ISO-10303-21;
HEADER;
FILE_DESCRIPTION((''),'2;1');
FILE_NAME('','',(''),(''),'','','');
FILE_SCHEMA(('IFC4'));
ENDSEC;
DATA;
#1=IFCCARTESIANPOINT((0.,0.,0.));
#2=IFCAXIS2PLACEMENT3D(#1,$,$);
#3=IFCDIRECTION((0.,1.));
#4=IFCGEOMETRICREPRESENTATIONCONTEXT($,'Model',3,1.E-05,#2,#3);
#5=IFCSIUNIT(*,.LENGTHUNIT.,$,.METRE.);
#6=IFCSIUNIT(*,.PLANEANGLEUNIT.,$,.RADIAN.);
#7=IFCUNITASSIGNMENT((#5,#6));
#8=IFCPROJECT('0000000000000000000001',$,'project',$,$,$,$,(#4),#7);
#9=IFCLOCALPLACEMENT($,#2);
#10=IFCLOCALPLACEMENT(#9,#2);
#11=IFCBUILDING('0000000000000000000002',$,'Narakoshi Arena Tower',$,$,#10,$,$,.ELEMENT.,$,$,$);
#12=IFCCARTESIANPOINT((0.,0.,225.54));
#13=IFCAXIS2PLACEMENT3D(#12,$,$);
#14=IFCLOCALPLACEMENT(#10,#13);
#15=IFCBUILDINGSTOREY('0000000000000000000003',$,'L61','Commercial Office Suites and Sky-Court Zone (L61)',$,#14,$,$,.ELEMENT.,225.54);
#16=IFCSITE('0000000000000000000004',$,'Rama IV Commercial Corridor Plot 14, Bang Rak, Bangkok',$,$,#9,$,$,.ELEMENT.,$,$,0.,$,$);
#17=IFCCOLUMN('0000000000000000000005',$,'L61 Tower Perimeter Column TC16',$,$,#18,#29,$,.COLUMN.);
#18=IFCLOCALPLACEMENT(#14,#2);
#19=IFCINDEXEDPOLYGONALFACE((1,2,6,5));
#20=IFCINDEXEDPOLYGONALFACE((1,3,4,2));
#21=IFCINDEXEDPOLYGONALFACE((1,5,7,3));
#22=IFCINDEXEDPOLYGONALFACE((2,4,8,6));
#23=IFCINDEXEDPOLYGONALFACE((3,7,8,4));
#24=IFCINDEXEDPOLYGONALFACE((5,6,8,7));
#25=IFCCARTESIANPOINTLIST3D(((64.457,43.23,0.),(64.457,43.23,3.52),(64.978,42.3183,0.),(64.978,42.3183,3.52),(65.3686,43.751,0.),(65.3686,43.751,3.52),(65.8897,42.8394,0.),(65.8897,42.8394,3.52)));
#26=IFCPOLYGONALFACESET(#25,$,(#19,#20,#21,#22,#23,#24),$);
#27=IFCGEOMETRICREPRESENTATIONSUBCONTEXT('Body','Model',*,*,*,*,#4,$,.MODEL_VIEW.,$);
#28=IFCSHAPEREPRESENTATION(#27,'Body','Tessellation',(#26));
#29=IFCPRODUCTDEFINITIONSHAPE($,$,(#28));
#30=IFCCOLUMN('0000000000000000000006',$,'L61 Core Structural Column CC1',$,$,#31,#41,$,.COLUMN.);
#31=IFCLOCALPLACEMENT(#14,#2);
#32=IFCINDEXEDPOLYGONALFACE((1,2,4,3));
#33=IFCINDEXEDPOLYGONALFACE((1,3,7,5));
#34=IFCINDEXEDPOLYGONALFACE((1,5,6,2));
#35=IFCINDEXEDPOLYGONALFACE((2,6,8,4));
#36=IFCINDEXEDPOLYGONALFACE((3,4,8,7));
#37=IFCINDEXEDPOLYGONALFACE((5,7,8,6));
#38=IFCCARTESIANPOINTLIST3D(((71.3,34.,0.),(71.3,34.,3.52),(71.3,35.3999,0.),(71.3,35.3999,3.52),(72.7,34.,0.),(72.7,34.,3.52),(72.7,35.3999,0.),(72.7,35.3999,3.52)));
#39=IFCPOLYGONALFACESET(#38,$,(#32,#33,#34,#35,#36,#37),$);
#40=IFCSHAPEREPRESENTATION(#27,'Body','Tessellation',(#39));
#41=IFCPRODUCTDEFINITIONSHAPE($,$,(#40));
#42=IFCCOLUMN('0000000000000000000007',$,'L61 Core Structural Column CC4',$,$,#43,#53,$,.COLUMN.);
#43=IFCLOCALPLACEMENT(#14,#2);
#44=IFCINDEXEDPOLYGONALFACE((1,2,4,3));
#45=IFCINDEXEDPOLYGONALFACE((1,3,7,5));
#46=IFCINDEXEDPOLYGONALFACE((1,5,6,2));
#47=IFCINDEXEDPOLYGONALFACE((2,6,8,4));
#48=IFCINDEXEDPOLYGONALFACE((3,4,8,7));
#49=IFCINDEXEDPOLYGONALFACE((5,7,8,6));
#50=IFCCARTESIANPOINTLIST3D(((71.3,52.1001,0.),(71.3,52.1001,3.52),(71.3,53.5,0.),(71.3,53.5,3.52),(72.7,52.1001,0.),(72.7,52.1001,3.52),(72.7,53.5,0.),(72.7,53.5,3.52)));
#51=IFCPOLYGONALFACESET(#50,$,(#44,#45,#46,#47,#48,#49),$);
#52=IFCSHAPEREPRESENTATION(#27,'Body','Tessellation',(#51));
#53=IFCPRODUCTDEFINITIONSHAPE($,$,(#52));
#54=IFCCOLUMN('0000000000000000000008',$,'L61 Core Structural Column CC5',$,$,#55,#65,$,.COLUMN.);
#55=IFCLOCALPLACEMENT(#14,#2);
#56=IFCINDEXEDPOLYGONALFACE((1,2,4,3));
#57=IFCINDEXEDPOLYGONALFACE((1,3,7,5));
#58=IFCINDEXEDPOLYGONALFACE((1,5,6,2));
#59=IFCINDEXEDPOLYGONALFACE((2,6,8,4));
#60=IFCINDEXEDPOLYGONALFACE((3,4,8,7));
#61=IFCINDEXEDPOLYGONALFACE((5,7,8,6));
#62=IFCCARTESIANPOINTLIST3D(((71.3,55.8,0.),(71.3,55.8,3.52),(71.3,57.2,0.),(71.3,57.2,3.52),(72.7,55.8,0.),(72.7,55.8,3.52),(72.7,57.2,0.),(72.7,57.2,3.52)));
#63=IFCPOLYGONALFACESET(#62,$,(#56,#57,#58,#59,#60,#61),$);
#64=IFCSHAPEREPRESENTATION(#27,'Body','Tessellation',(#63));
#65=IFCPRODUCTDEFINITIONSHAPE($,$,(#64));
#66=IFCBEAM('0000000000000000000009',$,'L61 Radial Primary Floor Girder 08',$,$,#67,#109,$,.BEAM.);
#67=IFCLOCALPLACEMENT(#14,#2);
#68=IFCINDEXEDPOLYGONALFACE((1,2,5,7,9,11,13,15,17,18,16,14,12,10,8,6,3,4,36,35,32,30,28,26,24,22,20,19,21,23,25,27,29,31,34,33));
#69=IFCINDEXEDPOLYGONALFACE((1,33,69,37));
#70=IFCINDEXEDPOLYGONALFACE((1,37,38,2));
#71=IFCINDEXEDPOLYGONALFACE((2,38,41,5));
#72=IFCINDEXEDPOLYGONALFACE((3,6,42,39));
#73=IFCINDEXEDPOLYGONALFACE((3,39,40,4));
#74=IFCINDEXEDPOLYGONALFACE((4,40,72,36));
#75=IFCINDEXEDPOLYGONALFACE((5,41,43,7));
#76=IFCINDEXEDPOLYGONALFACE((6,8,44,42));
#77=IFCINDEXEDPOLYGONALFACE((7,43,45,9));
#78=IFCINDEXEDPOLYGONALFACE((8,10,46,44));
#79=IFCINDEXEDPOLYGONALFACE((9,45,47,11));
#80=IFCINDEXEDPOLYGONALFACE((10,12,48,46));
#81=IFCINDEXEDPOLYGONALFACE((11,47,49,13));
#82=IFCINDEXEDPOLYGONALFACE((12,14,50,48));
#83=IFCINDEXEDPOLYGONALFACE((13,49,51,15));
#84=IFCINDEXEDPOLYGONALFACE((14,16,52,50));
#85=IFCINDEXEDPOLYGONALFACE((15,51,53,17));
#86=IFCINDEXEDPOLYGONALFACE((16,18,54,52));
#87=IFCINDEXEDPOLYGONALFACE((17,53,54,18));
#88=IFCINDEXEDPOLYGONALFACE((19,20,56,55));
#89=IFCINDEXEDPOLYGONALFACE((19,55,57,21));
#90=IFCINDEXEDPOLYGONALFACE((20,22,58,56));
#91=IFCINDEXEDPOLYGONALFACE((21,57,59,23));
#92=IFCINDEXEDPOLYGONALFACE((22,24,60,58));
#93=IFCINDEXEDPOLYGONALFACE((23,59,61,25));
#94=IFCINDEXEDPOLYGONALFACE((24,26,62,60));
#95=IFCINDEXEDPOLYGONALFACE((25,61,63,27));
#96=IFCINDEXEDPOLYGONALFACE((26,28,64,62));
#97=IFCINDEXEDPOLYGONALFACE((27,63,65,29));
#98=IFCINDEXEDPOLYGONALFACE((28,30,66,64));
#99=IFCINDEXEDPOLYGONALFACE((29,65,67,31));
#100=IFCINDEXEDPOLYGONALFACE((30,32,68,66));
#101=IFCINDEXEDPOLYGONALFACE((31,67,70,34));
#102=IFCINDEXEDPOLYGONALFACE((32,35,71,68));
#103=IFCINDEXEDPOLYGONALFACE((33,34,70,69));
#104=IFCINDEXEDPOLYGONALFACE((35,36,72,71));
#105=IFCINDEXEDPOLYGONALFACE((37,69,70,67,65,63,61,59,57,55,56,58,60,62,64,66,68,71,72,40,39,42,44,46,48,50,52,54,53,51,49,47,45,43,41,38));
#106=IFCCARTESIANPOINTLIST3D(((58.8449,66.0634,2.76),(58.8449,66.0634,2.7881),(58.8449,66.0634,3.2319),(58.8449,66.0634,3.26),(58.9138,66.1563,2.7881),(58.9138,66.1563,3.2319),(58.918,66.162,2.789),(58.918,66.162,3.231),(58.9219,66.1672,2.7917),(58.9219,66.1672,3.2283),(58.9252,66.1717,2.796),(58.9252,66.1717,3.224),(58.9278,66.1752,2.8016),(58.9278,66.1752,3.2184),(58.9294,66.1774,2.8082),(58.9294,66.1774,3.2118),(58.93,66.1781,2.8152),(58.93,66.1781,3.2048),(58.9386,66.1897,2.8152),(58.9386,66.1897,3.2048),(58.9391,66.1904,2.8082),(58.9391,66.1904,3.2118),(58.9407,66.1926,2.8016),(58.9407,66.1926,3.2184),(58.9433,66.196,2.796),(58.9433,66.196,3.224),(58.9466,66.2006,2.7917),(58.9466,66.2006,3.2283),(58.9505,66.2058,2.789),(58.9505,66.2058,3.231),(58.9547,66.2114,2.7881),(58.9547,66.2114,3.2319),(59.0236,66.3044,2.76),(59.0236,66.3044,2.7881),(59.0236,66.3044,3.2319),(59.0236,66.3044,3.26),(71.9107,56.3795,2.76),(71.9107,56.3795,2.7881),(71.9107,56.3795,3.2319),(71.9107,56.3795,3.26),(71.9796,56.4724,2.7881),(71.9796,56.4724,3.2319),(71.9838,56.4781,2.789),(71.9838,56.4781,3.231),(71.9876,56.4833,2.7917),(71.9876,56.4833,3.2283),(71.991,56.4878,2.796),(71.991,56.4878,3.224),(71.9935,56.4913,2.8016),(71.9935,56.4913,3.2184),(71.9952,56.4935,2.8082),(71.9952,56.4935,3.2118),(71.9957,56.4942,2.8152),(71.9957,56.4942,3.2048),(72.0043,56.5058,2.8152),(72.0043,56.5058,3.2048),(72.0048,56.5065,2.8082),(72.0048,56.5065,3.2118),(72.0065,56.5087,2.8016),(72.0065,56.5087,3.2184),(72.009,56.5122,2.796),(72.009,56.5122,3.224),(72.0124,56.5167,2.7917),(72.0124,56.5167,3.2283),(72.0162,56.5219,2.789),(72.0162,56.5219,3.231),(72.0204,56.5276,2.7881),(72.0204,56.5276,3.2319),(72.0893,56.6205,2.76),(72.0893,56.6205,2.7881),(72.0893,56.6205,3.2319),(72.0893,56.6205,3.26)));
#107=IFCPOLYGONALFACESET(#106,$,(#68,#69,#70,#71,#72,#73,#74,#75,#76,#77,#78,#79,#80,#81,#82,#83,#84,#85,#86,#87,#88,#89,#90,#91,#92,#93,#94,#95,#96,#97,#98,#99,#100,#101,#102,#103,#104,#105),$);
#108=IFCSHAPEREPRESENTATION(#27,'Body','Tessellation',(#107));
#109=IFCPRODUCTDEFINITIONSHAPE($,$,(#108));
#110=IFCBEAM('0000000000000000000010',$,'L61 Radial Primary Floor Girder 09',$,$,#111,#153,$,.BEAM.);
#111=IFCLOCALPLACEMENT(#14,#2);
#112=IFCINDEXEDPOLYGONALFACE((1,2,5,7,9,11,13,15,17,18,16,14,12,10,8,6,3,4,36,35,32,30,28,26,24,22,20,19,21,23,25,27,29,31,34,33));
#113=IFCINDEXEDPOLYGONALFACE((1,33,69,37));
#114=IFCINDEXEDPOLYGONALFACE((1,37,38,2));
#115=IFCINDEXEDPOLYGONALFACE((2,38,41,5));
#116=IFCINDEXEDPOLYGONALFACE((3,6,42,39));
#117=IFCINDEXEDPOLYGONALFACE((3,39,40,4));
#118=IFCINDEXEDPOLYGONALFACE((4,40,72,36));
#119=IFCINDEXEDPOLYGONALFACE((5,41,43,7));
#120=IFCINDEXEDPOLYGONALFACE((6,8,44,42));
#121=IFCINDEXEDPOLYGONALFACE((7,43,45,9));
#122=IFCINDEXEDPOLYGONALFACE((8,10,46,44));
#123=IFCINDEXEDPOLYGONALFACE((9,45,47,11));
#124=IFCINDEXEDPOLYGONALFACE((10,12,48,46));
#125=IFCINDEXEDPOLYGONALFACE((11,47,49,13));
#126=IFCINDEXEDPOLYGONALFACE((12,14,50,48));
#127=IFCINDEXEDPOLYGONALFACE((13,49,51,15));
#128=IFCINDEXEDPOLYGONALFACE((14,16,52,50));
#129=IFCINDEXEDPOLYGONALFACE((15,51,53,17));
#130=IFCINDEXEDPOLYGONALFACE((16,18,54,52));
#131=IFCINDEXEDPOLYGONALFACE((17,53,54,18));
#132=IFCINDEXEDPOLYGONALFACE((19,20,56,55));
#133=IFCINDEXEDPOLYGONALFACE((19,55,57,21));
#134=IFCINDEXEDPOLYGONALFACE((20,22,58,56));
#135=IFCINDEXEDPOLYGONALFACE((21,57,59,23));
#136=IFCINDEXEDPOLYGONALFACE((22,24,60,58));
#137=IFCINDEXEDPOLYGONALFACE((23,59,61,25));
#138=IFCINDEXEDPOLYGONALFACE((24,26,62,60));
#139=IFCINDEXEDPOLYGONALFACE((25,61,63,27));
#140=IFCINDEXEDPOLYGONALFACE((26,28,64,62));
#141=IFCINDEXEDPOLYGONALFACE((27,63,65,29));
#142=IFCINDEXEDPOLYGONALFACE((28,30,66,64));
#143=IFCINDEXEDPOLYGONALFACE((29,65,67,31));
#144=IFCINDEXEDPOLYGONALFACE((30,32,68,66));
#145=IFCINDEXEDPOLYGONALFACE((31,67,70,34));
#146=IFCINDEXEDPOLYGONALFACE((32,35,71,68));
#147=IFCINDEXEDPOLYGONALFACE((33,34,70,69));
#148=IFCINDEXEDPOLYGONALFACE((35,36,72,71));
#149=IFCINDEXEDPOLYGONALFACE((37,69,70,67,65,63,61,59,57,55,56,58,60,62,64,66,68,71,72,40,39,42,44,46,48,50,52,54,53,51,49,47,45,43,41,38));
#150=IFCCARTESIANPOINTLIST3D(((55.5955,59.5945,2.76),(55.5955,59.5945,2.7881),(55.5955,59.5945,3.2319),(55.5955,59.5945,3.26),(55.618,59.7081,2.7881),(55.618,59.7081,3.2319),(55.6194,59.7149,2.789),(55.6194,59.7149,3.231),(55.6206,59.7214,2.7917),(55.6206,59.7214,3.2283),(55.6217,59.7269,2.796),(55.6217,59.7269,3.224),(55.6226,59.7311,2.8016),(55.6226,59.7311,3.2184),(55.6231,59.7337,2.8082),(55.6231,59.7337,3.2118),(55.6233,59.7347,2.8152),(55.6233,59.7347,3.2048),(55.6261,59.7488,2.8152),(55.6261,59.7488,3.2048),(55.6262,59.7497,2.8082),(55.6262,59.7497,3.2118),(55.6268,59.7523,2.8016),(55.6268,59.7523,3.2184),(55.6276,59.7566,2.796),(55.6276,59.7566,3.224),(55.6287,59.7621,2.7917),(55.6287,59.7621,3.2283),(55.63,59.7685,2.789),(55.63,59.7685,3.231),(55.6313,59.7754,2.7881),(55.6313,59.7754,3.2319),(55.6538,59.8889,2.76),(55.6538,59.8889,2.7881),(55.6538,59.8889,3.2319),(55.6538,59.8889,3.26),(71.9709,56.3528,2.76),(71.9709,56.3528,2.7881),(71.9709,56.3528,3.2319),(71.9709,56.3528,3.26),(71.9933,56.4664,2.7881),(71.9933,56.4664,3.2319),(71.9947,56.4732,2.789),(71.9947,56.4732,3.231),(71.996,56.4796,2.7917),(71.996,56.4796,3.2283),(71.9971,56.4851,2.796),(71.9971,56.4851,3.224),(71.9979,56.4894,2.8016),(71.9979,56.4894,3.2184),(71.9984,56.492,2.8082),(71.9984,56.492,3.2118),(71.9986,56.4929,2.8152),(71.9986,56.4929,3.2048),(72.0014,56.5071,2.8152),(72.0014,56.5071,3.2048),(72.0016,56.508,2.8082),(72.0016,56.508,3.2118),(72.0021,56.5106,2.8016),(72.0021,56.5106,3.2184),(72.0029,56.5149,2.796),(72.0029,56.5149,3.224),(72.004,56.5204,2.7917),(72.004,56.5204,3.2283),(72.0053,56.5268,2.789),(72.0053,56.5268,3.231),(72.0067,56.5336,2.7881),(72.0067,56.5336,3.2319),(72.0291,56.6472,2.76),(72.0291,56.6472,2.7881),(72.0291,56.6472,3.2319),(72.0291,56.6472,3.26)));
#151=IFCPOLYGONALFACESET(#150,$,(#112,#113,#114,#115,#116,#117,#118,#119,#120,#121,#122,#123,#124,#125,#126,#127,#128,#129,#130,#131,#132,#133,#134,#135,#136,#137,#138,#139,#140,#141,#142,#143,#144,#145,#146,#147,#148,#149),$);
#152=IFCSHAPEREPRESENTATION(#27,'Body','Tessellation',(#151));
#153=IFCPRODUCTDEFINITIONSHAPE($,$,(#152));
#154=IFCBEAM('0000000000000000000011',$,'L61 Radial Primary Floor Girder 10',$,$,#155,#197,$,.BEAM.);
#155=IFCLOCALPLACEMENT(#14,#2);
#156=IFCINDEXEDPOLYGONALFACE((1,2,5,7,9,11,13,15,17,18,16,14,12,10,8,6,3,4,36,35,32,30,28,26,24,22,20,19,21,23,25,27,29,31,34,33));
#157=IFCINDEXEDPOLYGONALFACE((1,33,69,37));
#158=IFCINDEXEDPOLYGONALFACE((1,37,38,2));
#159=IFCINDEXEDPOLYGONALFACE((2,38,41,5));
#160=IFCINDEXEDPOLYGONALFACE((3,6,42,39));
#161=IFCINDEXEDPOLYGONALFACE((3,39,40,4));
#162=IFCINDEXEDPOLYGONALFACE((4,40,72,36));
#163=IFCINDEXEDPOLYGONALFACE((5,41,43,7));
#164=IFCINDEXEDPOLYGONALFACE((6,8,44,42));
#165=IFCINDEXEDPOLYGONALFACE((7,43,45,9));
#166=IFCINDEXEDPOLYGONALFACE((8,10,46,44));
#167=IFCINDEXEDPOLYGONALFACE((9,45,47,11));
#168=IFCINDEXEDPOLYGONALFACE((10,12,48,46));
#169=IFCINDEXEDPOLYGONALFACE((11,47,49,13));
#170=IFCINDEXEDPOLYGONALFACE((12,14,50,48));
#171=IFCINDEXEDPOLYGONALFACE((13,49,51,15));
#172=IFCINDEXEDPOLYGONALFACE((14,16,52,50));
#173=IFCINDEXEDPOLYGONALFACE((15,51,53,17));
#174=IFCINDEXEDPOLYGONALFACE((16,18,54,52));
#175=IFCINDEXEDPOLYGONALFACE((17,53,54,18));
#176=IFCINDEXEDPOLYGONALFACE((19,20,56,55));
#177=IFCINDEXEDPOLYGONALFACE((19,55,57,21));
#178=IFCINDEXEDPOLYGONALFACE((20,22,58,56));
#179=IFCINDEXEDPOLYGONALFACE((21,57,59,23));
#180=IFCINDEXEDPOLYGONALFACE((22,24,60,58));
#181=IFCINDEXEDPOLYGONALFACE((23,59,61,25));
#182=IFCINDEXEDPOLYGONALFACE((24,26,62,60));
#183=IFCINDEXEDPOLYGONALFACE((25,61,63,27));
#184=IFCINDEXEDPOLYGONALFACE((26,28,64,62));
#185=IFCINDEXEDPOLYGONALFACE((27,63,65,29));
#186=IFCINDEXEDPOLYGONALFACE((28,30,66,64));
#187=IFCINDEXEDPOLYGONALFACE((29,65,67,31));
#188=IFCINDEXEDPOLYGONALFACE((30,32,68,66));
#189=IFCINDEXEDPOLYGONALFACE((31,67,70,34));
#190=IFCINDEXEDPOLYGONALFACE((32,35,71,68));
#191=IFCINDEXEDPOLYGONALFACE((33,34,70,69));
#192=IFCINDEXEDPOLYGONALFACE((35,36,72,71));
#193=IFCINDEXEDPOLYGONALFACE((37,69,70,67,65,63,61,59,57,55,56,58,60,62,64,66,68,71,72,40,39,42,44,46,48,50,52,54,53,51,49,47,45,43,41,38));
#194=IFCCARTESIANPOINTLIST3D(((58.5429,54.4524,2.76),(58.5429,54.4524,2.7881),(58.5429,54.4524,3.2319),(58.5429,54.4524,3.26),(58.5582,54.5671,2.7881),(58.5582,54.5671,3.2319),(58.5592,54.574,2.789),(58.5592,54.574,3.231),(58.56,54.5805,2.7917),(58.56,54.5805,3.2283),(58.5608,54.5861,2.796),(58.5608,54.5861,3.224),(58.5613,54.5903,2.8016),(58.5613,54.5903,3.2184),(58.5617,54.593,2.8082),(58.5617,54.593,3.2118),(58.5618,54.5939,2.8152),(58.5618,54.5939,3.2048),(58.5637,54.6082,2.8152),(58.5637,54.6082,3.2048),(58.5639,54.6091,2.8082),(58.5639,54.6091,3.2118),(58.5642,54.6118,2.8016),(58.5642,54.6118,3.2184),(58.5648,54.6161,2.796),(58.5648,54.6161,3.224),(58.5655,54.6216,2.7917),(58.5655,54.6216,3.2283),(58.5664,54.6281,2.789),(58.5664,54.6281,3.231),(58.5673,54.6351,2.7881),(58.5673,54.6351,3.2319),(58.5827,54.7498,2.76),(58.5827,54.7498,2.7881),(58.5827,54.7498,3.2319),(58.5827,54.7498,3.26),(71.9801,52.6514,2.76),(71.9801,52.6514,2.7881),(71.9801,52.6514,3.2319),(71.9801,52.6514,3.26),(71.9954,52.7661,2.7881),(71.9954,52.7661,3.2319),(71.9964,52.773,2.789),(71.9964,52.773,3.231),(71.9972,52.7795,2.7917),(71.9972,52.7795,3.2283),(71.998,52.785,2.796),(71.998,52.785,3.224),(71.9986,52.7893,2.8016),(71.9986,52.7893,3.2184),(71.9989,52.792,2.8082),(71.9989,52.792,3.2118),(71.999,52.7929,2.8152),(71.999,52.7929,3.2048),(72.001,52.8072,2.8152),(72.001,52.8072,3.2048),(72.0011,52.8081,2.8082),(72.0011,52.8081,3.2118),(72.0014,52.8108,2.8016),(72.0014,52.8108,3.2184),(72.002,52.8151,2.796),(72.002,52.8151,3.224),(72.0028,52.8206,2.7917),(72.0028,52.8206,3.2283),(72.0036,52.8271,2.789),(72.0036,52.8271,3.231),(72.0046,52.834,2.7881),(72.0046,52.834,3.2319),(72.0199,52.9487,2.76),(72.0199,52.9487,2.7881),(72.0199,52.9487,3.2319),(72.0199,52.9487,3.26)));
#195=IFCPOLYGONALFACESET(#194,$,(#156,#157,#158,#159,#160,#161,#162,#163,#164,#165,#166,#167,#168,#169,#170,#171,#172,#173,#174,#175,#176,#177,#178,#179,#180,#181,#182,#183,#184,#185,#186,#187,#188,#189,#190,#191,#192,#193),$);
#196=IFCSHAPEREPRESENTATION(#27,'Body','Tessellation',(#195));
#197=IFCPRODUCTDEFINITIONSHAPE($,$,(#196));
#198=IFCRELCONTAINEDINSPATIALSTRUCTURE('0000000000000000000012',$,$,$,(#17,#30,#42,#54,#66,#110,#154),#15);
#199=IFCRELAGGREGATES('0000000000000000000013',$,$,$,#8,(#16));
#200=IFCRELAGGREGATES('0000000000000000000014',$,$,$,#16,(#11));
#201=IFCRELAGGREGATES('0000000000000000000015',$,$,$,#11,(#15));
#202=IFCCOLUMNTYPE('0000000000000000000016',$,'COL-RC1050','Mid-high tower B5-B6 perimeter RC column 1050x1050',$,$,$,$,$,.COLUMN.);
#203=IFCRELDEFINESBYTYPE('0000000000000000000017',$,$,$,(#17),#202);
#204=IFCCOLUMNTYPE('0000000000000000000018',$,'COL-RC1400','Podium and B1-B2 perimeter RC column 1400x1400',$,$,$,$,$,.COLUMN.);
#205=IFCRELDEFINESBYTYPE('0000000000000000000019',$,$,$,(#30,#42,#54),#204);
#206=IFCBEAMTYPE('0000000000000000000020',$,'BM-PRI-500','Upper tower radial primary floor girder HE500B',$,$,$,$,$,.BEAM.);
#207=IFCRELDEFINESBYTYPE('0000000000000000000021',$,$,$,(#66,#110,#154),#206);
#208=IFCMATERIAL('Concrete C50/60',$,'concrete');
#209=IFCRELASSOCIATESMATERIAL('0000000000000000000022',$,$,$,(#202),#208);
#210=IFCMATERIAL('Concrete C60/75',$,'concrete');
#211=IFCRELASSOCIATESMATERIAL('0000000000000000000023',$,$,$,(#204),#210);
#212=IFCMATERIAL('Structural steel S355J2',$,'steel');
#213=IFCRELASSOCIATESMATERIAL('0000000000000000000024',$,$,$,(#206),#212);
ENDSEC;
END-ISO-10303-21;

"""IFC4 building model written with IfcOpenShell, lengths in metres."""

from ifc_helpers import new_model, si_unit, direction, frame, origin, origin_2d, place, context, subcontext, project, spatial, rectangle, i_section, extrude, material, material_profile, profile_set, type_object, element, save


model = new_model("IFC4")

# Units and contexts
model_context = context("Model", 3, precision=1e-05, world=origin(), true_north=direction((0.0, 1.0)))
body_context = subcontext(model_context, "Body", "Model", "MODEL_VIEW")
ifc_project = project(units=[si_unit("LENGTHUNIT", "METRE"), si_unit("PLANEANGLEUNIT", "RADIAN")], contexts=[model_context])

# Site, building, storey
site_placement = place(None, origin())
site = spatial("IfcSite", under=ifc_project, at=site_placement, Name="Rama IV Commercial Corridor Plot 14, Bang Rak, Bangkok", CompositionType="ELEMENT", RefElevation=0.0)
building_placement = place(site_placement, origin())
building = spatial("IfcBuilding", under=site, at=building_placement, Name="Narakoshi Arena Tower", CompositionType="ELEMENT")
storey_placement = place(building_placement, frame((0.0, 0.0, 225.54)))
storey = spatial("IfcBuildingStorey", under=building, at=storey_placement, Name="L61", Description="Commercial Office Suites and Sky-Court Zone (L61)", CompositionType="ELEMENT", Elevation=225.54)

# Columns
ifc_material_1 = material(Name="Concrete C50/60", Category="concrete")
ifc_material_profile_1 = material_profile(ifc_material_1, rectangle(XDim=1.05, YDim=1.05, at=origin_2d()), Name="RC1050x1050")
ifc_profile_set_1 = profile_set([ifc_material_profile_1], Name="Concrete C50/60")
column_type_1 = type_object("IfcColumnType", Name="COL-RC1050", Description="Mid-high tower B5-B6 perimeter RC column 1050x1050", PredefinedType="COLUMN", material=ifc_profile_set_1)
column_placement = place(storey_placement, frame((65.1733, 43.0347, 0.0), z_axis=(0.0, 0.0, 1.0), x_axis=(-0.496217, 0.868199, 0.0)))
element("IfcColumn", 1, at=column_placement, inside=storey, type_object=column_type_1, Name="L61 Tower Perimeter Column TC16", PredefinedType="COLUMN", context=body_context, shape_type="SweptSolid", body=[
    extrude(rectangle(XDim=1.05, YDim=1.05, at=origin_2d()), origin(), (0.0, 0.0, 1.0), 3.52),
])
ifc_material_2 = material(Name="Concrete C60/75", Category="concrete")
ifc_material_profile_2 = material_profile(ifc_material_2, rectangle(XDim=1.3999, YDim=1.3999, at=origin_2d()), Name="RC1400x1400")
ifc_profile_set_2 = profile_set([ifc_material_profile_2], Name="Concrete C60/75")
column_type_2 = type_object("IfcColumnType", Name="COL-RC1400", Description="Podium and B1-B2 perimeter RC column 1400x1400", PredefinedType="COLUMN", material=ifc_profile_set_2)
for number, where, z_axis, x_axis, name in (
    (2, (72.0, 34.7, 0.0), (0.0, 0.0, 1.0), (1.0, 0.0, 0.0), "L61 Core Structural Column CC1"),
    (3, (72.0, 52.8, 0.0), (0.0, 0.0, 1.0), (1.0, 0.0, 0.0), "L61 Core Structural Column CC4"),
    (4, (72.0, 56.5, 0.0), (0.0, 0.0, 1.0), (1.0, 0.0, 0.0), "L61 Core Structural Column CC5"),
):
    element("IfcColumn", number, at=place(storey_placement, frame(where, z_axis=z_axis, x_axis=x_axis)), inside=storey, type_object=column_type_2, Name=name, PredefinedType="COLUMN", context=body_context, shape_type="SweptSolid", body=[
        extrude(rectangle(XDim=1.3999, YDim=1.3999, at=origin_2d()), origin(), (0.0, 0.0, 1.0), 3.52),
    ])

# Beams
ifc_material_3 = material(Name="Structural steel S355J2", Category="steel")
ifc_material_profile_3 = material_profile(ifc_material_3, i_section(OverallWidth=0.3, OverallDepth=0.5, WebThickness=0.0144, FlangeThickness=0.0281, FilletRadius=0.0271, at=origin_2d()), Name="HE500B")
ifc_profile_set_3 = profile_set([ifc_material_profile_3], Name="Structural steel S355J2")
beam_type_1 = type_object("IfcBeamType", Name="BM-PRI-500", Description="Upper tower radial primary floor girder HE500B", PredefinedType="BEAM", material=ifc_profile_set_3)
beam_1_placement = place(storey_placement, frame((72.0, 56.5, 3.01), z_axis=(-0.803394, 0.595448, 0.0), x_axis=(-0.595448, -0.803394, 0.0)))
element("IfcBeam", 5, at=beam_1_placement, inside=storey, type_object=beam_type_1, Name="L61 Radial Primary Floor Girder 08", PredefinedType="BEAM", context=body_context, shape_type="SweptSolid", body=[
    extrude(i_section(OverallWidth=0.3, OverallDepth=0.5, WebThickness=0.0144, FlangeThickness=0.0281, FilletRadius=0.0271, at=origin_2d()), origin(), (0.0, 0.0, 1.0), 16.2632),
])
beam_2_placement = place(storey_placement, frame((72.0, 56.5, 3.01), z_axis=(-0.980963, 0.194195, 0.0), x_axis=(-0.194195, -0.980963, 0.0)))
element("IfcBeam", 6, at=beam_2_placement, inside=storey, type_object=beam_type_1, Name="L61 Radial Primary Floor Girder 09", PredefinedType="BEAM", context=body_context, shape_type="SweptSolid", body=[
    extrude(i_section(OverallWidth=0.3, OverallDepth=0.5, WebThickness=0.0144, FlangeThickness=0.0281, FilletRadius=0.0271, at=origin_2d()), origin(), (0.0, 0.0, 1.0), 16.6931),
])
beam_3_placement = place(storey_placement, frame((72.0, 52.8, 3.01), z_axis=(-0.991137, 0.132844, 0.0), x_axis=(-0.132844, -0.991137, 0.0)))
element("IfcBeam", 7, at=beam_3_placement, inside=storey, type_object=beam_type_1, Name="L61 Radial Primary Floor Girder 10", PredefinedType="BEAM", context=body_context, shape_type="SweptSolid", body=[
    extrude(i_section(OverallWidth=0.3, OverallDepth=0.5, WebThickness=0.0144, FlangeThickness=0.0281, FilletRadius=0.0271, at=origin_2d()), origin(), (0.0, 0.0, 1.0), 13.5574),
])

save(model, "model.ifc")
